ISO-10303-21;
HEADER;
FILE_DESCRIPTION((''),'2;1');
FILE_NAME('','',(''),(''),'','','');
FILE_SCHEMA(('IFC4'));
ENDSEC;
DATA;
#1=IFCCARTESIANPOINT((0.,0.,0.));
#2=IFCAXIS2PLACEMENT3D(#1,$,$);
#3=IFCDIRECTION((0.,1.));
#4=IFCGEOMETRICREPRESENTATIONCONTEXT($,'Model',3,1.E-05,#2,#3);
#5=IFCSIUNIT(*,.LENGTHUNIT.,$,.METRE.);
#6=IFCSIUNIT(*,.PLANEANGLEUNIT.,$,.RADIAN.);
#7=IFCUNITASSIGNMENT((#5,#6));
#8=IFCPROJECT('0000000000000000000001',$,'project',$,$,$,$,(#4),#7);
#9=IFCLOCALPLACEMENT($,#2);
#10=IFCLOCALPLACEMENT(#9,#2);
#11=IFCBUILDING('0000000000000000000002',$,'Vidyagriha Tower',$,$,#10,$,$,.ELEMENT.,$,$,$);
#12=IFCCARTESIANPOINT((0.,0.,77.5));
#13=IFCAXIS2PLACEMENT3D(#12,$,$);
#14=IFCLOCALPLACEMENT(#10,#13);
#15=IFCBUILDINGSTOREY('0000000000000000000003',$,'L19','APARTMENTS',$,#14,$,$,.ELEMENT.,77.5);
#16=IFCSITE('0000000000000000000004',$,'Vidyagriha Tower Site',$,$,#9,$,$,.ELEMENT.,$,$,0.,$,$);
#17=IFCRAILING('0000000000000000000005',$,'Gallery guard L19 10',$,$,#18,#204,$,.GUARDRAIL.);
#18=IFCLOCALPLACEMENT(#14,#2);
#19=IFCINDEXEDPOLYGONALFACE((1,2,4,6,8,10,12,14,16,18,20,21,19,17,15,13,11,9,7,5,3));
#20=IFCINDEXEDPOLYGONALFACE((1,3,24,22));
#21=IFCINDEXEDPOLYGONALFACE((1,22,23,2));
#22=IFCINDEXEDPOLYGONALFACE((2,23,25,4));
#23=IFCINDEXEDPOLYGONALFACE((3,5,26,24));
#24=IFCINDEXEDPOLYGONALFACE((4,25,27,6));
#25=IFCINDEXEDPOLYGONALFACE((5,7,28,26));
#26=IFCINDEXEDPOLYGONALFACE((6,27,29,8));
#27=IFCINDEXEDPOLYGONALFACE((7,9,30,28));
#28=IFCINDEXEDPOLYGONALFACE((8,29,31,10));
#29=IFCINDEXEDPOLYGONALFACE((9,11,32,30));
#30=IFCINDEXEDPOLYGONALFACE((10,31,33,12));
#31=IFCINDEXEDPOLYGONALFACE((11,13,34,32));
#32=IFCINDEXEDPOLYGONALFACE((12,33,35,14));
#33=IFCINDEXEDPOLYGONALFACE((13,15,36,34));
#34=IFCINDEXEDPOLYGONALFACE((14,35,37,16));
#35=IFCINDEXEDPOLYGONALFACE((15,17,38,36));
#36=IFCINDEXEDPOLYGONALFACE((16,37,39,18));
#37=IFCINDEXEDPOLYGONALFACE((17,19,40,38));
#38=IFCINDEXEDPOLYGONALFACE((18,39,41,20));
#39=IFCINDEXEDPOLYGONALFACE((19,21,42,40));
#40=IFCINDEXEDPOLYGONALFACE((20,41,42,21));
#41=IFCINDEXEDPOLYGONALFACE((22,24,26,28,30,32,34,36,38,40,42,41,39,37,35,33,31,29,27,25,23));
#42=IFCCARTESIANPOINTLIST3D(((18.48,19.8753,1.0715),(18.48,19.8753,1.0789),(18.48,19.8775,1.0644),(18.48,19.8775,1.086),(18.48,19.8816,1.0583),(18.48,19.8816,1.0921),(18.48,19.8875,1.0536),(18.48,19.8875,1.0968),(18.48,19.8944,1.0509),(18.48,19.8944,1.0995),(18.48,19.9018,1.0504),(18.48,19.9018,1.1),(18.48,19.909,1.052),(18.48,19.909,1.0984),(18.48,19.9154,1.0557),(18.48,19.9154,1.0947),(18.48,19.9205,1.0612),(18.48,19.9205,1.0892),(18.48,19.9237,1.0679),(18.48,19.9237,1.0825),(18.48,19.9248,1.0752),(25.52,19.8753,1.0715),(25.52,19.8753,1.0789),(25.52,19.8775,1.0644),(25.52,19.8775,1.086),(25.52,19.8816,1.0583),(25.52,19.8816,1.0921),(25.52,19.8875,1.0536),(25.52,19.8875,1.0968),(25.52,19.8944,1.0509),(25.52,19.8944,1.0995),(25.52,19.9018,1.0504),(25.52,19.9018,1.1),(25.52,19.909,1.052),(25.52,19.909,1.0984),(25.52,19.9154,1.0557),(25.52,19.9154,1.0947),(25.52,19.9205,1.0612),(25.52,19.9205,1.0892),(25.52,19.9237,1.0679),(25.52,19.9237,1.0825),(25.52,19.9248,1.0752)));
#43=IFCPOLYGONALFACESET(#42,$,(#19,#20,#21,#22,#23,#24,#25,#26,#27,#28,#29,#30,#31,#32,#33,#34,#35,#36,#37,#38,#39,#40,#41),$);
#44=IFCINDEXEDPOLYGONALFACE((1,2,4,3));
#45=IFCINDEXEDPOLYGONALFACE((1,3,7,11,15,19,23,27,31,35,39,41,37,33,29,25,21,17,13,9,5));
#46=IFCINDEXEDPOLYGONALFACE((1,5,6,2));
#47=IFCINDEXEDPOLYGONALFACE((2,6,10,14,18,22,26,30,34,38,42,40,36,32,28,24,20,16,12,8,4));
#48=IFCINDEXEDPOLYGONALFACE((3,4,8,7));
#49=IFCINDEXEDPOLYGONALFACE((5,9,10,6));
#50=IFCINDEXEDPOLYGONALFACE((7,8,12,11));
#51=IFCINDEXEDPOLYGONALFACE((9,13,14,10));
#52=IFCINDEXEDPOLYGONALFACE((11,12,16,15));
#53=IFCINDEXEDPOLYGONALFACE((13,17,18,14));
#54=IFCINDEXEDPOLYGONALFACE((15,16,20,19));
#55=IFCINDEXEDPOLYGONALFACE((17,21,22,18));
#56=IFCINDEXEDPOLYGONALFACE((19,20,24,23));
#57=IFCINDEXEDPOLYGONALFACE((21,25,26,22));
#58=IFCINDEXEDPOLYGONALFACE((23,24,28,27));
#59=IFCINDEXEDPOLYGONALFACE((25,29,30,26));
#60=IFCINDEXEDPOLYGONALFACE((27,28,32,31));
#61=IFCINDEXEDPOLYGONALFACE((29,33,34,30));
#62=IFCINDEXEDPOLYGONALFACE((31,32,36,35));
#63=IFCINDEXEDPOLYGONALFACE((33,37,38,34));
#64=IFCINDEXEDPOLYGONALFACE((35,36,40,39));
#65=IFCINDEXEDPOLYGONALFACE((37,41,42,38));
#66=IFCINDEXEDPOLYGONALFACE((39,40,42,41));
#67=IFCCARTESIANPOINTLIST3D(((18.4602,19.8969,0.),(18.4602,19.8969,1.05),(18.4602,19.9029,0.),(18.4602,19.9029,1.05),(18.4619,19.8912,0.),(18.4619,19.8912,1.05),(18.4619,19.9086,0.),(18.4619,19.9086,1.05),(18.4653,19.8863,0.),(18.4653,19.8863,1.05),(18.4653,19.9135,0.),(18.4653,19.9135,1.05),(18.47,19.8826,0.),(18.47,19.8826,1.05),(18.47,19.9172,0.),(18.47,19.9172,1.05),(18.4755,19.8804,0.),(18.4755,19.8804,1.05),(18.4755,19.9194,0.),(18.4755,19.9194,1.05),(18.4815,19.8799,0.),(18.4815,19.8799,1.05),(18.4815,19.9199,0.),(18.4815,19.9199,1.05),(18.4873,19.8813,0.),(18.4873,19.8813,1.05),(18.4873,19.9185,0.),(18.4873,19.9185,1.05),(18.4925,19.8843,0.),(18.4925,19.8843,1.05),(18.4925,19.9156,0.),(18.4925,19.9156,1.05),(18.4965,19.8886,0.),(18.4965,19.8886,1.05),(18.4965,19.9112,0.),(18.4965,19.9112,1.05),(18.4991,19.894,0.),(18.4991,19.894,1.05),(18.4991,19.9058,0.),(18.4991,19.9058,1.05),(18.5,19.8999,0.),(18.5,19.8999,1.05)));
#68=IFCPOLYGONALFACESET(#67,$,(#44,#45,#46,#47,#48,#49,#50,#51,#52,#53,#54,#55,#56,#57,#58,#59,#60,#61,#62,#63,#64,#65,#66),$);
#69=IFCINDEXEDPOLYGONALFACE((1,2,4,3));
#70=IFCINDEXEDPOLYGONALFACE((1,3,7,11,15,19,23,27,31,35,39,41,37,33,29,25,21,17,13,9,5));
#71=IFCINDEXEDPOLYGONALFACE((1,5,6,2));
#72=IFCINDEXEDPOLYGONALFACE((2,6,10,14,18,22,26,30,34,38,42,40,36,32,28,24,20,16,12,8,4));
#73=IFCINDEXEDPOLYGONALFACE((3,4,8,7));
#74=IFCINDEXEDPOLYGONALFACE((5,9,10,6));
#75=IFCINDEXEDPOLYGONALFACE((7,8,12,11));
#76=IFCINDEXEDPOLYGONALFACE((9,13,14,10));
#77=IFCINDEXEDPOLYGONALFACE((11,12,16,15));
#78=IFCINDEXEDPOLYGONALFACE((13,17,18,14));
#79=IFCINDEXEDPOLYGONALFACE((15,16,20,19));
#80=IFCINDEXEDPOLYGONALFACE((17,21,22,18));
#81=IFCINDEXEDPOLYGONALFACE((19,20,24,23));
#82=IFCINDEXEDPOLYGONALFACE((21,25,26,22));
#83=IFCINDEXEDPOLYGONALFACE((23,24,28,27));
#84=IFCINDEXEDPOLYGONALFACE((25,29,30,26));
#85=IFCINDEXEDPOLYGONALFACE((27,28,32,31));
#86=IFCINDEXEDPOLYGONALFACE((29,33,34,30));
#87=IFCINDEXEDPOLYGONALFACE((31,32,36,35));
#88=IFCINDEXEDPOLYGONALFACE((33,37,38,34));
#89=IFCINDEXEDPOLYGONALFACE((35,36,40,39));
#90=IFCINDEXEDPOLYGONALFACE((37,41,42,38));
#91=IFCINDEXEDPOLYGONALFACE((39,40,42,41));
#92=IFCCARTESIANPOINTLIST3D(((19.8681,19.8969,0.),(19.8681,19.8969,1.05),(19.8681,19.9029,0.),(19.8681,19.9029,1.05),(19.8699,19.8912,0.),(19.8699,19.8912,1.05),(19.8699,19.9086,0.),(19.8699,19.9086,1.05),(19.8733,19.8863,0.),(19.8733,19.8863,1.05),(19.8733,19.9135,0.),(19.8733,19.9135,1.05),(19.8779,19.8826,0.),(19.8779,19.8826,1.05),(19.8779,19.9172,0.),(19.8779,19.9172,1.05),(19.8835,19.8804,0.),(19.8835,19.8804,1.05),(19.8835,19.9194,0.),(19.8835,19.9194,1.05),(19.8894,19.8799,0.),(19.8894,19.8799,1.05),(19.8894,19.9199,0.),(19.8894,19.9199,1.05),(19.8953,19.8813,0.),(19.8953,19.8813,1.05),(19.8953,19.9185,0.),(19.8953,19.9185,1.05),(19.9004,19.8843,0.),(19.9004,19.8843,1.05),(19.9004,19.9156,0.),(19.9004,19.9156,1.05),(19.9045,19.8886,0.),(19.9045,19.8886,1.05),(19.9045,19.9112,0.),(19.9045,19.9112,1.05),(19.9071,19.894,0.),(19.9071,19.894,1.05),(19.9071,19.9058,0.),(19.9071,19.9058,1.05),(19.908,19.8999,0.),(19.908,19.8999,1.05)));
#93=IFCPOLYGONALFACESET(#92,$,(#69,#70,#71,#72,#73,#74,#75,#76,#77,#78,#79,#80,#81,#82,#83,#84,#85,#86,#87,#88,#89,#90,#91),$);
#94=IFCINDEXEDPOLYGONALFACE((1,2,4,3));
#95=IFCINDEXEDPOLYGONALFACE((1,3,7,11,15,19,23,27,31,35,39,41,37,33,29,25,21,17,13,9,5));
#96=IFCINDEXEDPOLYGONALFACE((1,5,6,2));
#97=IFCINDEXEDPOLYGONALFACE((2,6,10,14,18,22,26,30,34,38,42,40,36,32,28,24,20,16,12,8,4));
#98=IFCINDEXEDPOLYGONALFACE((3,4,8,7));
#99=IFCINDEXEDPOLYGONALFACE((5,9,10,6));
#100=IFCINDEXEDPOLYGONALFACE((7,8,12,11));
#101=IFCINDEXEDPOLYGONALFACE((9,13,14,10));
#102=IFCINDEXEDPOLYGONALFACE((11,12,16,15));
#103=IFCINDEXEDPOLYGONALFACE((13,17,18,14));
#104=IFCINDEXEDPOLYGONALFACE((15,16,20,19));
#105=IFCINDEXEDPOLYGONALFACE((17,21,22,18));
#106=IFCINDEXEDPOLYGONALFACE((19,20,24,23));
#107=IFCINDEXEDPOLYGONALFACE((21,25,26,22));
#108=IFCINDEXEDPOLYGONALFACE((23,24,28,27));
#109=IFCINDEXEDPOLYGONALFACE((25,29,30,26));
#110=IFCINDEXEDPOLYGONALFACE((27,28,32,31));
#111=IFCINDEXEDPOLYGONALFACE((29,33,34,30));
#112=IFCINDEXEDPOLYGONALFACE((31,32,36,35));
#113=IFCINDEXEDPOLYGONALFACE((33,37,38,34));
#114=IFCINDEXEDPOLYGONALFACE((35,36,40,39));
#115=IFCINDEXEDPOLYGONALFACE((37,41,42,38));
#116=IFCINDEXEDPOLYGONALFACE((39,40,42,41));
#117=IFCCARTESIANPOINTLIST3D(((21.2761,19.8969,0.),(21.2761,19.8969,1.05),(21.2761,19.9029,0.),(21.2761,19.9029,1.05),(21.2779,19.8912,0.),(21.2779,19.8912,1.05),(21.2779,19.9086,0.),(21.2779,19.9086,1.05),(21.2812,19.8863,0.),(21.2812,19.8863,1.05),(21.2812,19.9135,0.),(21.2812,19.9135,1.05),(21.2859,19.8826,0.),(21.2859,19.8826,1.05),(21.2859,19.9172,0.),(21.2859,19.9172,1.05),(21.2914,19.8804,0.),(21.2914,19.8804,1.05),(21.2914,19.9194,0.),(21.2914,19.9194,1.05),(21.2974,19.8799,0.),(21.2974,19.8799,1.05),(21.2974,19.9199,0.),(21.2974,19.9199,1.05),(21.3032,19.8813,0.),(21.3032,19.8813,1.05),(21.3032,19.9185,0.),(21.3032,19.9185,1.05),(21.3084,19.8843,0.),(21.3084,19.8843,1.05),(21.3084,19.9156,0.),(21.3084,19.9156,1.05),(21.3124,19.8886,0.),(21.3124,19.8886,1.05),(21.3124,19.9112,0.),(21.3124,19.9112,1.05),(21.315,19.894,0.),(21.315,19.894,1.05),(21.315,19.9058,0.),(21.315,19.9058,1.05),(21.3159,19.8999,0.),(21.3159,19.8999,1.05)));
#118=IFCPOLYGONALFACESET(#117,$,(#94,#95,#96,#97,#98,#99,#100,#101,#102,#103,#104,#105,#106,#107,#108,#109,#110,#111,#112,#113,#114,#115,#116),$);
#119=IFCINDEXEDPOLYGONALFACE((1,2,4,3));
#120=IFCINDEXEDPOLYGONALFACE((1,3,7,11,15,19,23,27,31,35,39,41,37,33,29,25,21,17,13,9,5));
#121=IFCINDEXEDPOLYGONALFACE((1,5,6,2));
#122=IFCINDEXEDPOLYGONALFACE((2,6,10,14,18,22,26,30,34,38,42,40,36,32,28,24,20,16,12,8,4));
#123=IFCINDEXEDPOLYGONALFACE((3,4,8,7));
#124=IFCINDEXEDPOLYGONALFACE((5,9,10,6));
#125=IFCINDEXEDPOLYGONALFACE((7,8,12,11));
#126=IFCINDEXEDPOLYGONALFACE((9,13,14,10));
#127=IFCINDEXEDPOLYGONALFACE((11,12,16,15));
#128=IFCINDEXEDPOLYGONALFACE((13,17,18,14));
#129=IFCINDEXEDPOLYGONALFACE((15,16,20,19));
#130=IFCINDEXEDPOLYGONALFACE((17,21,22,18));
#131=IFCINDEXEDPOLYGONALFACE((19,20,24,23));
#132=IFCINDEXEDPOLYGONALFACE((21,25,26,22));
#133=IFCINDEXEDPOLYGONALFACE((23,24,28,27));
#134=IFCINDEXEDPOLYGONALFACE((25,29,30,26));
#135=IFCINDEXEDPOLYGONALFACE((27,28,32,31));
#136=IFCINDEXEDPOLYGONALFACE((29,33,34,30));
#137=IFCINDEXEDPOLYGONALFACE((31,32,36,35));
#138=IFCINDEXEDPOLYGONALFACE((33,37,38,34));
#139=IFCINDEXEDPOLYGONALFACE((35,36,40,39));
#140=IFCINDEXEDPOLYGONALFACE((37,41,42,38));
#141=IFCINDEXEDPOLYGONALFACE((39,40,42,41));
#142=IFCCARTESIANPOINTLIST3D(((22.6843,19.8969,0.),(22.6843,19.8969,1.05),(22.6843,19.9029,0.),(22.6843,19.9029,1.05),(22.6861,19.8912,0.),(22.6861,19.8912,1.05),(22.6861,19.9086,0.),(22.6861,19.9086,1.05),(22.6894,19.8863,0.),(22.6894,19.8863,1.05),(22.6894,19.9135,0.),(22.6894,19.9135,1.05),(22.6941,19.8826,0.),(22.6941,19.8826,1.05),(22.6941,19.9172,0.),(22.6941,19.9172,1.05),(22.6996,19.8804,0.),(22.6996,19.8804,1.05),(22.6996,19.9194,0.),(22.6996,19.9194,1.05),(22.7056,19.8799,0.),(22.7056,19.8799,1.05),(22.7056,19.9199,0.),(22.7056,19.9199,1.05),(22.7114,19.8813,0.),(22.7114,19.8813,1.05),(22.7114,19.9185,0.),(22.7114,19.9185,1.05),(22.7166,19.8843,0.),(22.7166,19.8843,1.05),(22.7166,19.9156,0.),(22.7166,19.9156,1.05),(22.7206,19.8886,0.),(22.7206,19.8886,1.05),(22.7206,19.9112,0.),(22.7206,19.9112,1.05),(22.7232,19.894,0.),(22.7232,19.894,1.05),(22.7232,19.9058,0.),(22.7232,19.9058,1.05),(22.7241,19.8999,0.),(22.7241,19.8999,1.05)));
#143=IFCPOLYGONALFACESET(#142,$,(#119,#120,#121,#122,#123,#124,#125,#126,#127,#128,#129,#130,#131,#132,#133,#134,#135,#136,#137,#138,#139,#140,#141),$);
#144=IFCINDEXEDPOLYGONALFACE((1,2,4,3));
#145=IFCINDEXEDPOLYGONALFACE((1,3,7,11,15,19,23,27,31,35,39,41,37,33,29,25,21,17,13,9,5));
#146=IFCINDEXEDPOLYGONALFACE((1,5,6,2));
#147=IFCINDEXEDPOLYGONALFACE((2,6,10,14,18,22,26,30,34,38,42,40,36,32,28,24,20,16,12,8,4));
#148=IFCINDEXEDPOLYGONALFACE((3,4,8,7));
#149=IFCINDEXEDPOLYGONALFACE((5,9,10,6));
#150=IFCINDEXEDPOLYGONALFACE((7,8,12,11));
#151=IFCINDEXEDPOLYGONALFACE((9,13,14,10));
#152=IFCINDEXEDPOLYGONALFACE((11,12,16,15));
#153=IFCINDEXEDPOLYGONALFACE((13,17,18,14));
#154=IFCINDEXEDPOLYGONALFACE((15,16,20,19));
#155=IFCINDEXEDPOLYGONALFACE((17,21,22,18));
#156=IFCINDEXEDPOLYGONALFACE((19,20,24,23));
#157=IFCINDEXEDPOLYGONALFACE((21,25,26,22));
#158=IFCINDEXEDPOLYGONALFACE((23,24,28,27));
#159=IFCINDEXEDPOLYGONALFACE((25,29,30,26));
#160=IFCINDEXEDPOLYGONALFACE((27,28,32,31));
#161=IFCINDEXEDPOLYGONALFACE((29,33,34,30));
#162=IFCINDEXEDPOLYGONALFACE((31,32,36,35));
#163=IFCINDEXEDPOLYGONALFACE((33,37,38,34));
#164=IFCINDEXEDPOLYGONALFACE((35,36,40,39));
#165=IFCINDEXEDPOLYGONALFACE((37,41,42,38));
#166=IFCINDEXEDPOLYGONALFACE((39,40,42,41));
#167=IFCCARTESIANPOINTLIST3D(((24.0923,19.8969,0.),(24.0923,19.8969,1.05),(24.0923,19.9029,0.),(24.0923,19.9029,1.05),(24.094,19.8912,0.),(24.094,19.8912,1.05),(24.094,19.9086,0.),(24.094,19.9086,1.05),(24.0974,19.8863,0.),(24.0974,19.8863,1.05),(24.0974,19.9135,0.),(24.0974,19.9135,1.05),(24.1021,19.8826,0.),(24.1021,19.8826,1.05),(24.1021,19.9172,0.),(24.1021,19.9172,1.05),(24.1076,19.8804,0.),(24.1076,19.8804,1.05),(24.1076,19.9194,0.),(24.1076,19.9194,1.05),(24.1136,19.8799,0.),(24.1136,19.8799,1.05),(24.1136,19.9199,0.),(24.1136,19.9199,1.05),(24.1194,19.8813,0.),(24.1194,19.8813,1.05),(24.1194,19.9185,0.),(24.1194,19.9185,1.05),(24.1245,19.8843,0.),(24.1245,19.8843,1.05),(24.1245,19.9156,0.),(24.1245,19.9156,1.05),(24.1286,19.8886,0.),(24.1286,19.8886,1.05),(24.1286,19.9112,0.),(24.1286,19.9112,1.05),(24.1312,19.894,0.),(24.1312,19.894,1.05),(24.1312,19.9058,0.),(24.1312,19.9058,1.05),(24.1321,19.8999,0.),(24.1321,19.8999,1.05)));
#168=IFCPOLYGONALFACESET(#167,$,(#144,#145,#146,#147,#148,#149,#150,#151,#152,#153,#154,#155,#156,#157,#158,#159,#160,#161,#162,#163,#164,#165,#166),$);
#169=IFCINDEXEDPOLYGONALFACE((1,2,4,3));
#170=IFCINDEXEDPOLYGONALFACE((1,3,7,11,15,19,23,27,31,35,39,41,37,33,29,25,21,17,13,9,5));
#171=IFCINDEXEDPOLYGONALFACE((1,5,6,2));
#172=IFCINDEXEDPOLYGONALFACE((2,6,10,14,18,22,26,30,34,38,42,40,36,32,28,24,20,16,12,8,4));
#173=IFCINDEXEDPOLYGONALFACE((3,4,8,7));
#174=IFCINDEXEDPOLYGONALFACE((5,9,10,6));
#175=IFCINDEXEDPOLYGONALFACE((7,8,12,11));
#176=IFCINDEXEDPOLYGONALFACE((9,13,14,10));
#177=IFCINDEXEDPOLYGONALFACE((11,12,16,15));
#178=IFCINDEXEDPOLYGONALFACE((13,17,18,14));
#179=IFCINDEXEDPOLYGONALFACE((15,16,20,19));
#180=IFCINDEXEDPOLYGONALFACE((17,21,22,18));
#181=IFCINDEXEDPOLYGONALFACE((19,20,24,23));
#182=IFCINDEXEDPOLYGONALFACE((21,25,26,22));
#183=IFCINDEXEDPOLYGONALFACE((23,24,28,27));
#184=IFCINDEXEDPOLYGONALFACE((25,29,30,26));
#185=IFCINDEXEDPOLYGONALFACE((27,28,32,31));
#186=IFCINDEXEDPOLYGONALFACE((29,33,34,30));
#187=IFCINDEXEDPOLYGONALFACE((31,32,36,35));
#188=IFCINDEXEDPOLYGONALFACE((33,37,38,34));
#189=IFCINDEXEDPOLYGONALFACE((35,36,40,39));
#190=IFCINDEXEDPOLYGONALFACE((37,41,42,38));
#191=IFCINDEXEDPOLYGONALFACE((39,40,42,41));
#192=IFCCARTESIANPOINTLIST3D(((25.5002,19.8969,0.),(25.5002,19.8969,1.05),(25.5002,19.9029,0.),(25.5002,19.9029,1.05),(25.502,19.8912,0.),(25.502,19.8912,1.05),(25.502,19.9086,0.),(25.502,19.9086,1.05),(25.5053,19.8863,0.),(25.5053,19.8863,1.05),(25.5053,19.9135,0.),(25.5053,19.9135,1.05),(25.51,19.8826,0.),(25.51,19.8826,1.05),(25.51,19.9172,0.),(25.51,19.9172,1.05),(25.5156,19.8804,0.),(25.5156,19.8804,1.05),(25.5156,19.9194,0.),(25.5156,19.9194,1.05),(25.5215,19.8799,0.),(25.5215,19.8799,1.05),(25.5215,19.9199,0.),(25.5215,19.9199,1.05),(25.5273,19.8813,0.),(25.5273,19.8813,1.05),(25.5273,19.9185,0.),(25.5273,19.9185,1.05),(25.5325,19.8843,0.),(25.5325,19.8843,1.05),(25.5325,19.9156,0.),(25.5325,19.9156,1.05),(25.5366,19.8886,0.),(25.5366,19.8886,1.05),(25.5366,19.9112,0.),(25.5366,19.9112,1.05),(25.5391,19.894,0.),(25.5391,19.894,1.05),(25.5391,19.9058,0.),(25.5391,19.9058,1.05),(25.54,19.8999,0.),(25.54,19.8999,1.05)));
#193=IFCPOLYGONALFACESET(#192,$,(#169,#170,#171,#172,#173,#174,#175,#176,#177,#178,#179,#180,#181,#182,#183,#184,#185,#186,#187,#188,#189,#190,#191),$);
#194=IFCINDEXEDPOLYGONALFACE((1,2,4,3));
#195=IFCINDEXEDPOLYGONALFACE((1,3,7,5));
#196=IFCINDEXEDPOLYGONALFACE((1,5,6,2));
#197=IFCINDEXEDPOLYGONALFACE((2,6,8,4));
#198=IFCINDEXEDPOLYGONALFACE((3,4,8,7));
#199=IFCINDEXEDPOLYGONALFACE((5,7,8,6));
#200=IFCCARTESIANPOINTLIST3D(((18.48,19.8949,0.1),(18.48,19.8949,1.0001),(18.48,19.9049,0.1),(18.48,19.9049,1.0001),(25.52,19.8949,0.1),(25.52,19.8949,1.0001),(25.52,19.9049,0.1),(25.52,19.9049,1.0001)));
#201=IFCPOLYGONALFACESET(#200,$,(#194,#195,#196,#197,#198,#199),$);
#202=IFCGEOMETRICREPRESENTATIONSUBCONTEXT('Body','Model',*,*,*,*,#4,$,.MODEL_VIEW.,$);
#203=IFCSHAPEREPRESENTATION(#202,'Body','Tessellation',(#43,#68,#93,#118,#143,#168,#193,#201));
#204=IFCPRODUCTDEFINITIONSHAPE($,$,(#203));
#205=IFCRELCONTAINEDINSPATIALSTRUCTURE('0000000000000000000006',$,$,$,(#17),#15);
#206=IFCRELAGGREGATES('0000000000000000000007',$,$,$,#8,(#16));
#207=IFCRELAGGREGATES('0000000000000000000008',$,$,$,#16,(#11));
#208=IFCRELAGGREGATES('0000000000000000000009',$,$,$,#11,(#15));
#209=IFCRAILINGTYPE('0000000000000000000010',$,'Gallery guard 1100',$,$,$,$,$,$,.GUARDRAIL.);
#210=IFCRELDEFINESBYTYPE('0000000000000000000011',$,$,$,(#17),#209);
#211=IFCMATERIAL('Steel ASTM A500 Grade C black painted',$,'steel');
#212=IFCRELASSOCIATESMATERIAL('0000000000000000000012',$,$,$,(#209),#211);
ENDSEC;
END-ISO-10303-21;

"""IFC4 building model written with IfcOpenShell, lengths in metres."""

from ifc_helpers import new_model, si_unit, direction, frame, origin, origin_2d, place, context, subcontext, project, spatial, rectangle, circle, extrude, material, type_object, element, save


model = new_model("IFC4")

# Units and contexts
model_context = context("Model", 3, precision=1e-05, world=origin(), true_north=direction((0.0, 1.0)))
body_context = subcontext(model_context, "Body", "Model", "MODEL_VIEW")
ifc_project = project(units=[si_unit("LENGTHUNIT", "METRE"), si_unit("PLANEANGLEUNIT", "RADIAN")], contexts=[model_context])

# Site, building, storey
site_placement = place(None, origin())
site = spatial("IfcSite", under=ifc_project, at=site_placement, Name="Vidyagriha Tower Site", CompositionType="ELEMENT", RefElevation=0.0)
building_placement = place(site_placement, origin())
building = spatial("IfcBuilding", under=site, at=building_placement, Name="Vidyagriha Tower", CompositionType="ELEMENT")
storey_placement = place(building_placement, frame((0.0, 0.0, 77.5)))
storey = spatial("IfcBuildingStorey", under=building, at=storey_placement, Name="L19", Description="APARTMENTS", CompositionType="ELEMENT", Elevation=77.5)

# Railing
ifc_material_1 = material(Name="Steel ASTM A500 Grade C black painted", Category="steel")
railing_type = type_object("IfcRailingType", Name="Gallery guard 1100", PredefinedType="GUARDRAIL", material=ifc_material_1)
railing_1_placement = place(storey_placement, frame((18.48, 19.8999, 0.0)))
element("IfcRailing", 1, at=railing_1_placement, inside=storey, type_object=railing_type, Name="Gallery guard L19 10", PredefinedType="GUARDRAIL", context=body_context, shape_type="SweptSolid", body=[
    extrude(circle(Radius=0.0249, at=origin_2d()), frame((0.0, 0.0, 1.0752), z_axis=(1.0, 0.0, 0.0), x_axis=(0.0, 1.0, 0.0)), (0.0, 0.0, 1.0), 7.04),
    extrude(circle(Radius=0.02, at=origin_2d()), origin(), (0.0, 0.0, 1.0), 1.05),
    extrude(circle(Radius=0.02, at=origin_2d()), frame((1.408, 0.0, 0.0)), (0.0, 0.0, 1.0), 1.05),
    extrude(circle(Radius=0.02, at=origin_2d()), frame((2.8159, 0.0, 0.0)), (0.0, 0.0, 1.0), 1.05),
    extrude(circle(Radius=0.02, at=origin_2d()), frame((4.2241, 0.0, 0.0)), (0.0, 0.0, 1.0), 1.05),
    extrude(circle(Radius=0.02, at=origin_2d()), frame((5.6321, 0.0, 0.0)), (0.0, 0.0, 1.0), 1.05),
    extrude(circle(Radius=0.02, at=origin_2d()), frame((7.04, 0.0, 0.0)), (0.0, 0.0, 1.0), 1.05),
    extrude(rectangle(XDim=0.01, YDim=0.9001, at=origin_2d()), frame((0.0, 0.0, 0.55), z_axis=(1.0, 0.0, 0.0), x_axis=(0.0, 1.0, 0.0)), (0.0, 0.0, 1.0), 7.04),
])

save(model, "model.ifc")
